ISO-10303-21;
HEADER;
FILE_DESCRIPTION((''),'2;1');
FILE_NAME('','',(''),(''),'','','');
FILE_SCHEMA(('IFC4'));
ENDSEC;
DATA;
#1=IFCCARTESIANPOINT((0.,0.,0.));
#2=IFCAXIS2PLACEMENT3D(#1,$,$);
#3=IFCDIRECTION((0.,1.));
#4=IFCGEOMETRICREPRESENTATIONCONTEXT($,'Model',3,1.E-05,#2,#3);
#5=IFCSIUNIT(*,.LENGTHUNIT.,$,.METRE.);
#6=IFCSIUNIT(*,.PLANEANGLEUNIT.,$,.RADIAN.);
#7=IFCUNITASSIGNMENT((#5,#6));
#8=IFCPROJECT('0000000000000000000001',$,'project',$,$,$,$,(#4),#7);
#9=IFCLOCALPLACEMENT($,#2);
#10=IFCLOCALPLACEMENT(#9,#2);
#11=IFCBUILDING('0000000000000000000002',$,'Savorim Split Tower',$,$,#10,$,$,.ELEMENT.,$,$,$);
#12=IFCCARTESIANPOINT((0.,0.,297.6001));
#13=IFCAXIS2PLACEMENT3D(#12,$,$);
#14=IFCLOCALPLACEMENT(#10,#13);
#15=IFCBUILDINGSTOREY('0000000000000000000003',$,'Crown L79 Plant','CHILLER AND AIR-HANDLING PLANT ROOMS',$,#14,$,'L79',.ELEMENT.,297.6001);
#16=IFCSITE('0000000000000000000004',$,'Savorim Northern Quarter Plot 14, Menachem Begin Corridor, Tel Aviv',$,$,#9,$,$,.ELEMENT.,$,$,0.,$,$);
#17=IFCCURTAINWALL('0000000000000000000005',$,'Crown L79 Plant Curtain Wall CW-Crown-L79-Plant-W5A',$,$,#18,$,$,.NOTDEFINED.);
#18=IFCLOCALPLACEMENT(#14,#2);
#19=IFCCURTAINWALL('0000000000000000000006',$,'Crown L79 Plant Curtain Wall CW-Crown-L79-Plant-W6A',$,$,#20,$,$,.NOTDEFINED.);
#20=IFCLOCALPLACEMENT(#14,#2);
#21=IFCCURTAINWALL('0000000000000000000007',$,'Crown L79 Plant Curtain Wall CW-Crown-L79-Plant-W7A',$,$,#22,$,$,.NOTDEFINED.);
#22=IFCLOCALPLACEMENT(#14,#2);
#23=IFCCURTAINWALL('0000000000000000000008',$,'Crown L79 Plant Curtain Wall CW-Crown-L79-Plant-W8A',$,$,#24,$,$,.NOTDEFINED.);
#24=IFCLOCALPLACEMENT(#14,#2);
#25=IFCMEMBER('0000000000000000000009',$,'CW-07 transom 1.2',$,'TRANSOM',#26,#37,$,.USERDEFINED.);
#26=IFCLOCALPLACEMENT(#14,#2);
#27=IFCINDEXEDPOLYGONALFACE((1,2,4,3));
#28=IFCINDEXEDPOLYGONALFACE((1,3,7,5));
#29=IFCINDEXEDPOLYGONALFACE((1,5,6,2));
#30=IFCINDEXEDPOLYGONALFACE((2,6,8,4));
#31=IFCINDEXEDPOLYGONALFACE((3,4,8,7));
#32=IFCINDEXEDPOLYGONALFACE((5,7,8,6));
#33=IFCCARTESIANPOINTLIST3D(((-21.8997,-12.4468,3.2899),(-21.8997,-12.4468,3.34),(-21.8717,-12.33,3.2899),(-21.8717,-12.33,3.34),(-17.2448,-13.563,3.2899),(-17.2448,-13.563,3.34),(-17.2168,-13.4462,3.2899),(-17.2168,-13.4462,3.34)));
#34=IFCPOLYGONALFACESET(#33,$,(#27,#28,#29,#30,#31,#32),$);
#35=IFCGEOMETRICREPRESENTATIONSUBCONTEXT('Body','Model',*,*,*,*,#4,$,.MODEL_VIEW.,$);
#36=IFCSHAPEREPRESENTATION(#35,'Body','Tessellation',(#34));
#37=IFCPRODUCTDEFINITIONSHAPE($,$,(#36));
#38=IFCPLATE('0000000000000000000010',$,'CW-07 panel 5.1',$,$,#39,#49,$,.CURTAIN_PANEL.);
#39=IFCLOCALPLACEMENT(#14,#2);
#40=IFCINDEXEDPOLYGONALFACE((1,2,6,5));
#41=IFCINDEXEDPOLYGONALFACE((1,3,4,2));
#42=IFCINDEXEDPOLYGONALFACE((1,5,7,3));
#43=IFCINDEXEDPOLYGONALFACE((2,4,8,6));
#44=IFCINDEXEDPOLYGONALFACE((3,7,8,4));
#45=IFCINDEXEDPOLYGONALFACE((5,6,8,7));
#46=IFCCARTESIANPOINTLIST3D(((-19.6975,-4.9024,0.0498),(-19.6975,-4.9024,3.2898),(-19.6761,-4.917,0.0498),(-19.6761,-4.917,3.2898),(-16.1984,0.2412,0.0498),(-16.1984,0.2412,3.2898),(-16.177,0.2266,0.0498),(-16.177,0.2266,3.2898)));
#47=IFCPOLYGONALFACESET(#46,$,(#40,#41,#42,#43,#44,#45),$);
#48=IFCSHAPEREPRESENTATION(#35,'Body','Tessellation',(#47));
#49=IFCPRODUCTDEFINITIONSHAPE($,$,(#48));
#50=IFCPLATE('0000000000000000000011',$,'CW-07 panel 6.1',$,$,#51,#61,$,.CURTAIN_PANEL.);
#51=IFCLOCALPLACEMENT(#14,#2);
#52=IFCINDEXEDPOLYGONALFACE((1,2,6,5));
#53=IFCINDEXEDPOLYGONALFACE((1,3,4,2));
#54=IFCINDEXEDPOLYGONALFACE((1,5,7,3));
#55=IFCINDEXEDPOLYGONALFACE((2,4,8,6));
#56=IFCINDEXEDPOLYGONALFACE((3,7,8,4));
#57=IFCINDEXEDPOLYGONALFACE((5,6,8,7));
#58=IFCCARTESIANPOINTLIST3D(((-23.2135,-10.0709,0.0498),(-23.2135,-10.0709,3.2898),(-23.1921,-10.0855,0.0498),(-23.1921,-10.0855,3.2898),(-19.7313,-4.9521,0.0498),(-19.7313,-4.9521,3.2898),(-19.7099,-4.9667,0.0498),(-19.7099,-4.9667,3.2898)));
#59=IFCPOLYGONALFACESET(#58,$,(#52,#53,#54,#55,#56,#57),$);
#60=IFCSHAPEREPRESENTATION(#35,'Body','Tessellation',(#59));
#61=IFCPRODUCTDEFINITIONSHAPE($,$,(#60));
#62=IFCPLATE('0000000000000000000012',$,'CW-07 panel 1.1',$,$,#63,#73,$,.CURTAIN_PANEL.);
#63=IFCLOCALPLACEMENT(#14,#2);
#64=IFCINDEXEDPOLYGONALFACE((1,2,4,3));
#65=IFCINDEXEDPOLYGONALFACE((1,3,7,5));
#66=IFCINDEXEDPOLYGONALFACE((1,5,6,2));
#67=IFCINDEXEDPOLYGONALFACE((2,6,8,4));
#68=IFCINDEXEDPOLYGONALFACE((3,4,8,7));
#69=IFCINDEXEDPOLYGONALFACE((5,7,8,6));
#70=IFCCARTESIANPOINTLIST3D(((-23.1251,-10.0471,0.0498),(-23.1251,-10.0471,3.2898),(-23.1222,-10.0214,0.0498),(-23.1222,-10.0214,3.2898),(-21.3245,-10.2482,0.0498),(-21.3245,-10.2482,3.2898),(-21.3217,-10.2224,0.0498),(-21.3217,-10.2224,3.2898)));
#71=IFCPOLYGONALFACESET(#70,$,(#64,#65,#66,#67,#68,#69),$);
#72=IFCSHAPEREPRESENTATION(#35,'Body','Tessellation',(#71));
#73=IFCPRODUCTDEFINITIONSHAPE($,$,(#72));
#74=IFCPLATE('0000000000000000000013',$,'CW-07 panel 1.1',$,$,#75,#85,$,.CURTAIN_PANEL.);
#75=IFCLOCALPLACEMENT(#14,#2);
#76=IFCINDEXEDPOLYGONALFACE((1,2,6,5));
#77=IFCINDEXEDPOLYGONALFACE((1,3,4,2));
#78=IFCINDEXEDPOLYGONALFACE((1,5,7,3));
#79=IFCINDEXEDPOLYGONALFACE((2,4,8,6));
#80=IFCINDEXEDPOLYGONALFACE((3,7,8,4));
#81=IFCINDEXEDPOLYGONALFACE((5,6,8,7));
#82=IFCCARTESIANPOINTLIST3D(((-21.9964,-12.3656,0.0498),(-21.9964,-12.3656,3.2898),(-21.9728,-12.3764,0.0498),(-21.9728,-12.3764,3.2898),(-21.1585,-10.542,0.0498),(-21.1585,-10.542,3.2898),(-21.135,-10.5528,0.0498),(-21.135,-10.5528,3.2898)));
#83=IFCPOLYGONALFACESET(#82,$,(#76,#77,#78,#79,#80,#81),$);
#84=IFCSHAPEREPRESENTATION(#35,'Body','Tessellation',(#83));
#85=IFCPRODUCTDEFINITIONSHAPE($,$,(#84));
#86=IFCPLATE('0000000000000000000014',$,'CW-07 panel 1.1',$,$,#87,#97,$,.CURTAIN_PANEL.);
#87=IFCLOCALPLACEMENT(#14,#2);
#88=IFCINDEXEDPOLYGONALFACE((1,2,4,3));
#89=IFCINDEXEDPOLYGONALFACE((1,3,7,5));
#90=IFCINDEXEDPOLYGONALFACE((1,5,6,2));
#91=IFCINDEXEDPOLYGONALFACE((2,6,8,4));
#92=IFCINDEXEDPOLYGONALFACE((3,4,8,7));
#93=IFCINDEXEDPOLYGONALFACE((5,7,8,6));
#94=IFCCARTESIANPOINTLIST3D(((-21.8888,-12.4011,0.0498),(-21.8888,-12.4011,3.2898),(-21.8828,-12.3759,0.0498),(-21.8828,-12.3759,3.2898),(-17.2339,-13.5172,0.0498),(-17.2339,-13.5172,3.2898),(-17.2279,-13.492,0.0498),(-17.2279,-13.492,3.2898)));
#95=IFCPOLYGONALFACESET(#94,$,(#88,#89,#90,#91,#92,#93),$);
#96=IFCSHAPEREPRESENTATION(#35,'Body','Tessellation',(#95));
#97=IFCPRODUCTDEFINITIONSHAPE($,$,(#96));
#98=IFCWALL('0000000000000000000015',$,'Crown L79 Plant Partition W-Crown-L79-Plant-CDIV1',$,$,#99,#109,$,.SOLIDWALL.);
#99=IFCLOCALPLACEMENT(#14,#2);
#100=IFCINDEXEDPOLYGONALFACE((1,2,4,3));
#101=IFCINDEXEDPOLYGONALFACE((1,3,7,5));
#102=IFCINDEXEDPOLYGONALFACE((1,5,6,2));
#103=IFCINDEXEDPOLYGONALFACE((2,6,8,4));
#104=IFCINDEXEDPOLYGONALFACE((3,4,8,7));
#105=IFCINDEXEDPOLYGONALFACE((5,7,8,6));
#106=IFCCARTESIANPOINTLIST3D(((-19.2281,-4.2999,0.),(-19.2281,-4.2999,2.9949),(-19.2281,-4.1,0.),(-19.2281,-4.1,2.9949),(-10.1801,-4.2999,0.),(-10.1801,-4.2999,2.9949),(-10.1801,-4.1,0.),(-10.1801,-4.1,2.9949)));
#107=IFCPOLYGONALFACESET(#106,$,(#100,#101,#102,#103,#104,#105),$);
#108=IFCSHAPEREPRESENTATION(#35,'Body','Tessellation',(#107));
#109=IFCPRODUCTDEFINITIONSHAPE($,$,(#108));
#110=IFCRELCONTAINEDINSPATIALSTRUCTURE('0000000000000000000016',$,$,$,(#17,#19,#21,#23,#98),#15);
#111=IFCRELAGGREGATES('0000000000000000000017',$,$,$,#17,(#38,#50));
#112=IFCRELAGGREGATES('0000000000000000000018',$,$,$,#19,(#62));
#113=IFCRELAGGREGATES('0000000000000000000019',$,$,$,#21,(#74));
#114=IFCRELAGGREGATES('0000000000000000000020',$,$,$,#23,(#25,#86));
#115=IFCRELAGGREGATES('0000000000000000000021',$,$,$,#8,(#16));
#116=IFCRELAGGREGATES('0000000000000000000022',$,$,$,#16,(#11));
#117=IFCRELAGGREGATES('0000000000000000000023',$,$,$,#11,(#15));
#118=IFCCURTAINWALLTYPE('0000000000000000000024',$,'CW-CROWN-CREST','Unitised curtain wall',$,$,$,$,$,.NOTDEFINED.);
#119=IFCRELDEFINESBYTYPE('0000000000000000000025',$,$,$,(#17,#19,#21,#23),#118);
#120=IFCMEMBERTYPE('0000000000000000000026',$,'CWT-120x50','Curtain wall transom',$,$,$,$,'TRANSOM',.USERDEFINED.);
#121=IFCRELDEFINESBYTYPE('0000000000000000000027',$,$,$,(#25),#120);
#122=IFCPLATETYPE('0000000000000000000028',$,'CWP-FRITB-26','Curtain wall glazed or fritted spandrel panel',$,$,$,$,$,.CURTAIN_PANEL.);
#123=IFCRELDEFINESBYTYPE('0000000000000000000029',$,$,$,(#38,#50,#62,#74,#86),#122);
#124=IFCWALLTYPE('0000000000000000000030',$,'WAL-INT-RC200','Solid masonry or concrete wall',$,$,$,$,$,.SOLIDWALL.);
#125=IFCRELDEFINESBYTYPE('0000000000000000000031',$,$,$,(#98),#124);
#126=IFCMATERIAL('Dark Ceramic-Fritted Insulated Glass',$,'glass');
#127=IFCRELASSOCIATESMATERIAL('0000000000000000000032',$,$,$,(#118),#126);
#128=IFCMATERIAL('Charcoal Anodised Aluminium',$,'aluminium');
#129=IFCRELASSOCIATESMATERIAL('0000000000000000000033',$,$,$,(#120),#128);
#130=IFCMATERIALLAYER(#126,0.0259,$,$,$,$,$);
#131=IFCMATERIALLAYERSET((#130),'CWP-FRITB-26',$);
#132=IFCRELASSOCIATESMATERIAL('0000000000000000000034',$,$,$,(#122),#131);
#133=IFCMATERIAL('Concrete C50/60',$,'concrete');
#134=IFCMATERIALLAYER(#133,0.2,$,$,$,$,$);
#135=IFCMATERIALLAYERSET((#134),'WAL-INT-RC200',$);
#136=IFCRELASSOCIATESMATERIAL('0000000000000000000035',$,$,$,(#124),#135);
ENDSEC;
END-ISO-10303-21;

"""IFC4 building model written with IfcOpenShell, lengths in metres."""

from ifc_helpers import new_model, si_unit, direction, frame, frame_2d, origin, origin_2d, place, context, subcontext, project, spatial, rectangle, extrude, material, layer, layer_set, material_profile, profile_set, type_object, element, aggregate, save


model = new_model("IFC4")

# Units and contexts
model_context = context("Model", 3, precision=1e-05, world=origin(), true_north=direction((0.0, 1.0)))
body_context = subcontext(model_context, "Body", "Model", "MODEL_VIEW")
ifc_project = project(units=[si_unit("LENGTHUNIT", "METRE"), si_unit("PLANEANGLEUNIT", "RADIAN")], contexts=[model_context])

# Site, building, storey
site_placement = place(None, origin())
site = spatial("IfcSite", under=ifc_project, at=site_placement, Name="Savorim Northern Quarter Plot 14, Menachem Begin Corridor, Tel Aviv", CompositionType="ELEMENT", RefElevation=0.0)
building_placement = place(site_placement, origin())
building = spatial("IfcBuilding", under=site, at=building_placement, Name="Savorim Split Tower", CompositionType="ELEMENT")
storey_placement = place(building_placement, frame((0.0, 0.0, 297.6001)))
storey = spatial("IfcBuildingStorey", under=building, at=storey_placement, Name="Crown L79 Plant", Description="CHILLER AND AIR-HANDLING PLANT ROOMS", LongName="L79", CompositionType="ELEMENT", Elevation=297.6001)

# Curtain walls
ifc_material_1 = material(Name="Dark Ceramic-Fritted Insulated Glass", Category="glass")
curtain_wall_type = type_object("IfcCurtainWallType", Name="CW-CROWN-CREST", Description="Unitised curtain wall", PredefinedType="NOTDEFINED", material=ifc_material_1)
curtain_wall_1_placement = place(storey_placement, origin())
curtain_wall_1 = element("IfcCurtainWall", 1, at=curtain_wall_1_placement, inside=storey, type_object=curtain_wall_type, Name="Crown L79 Plant Curtain Wall CW-Crown-L79-Plant-W5A", PredefinedType="NOTDEFINED")
ifc_material_2 = material(Name="Charcoal Anodised Aluminium", Category="aluminium")
curtain_wall_2_placement = place(storey_placement, origin())
curtain_wall_2 = element("IfcCurtainWall", 2, at=curtain_wall_2_placement, inside=storey, type_object=curtain_wall_type, Name="Crown L79 Plant Curtain Wall CW-Crown-L79-Plant-W6A", PredefinedType="NOTDEFINED")
curtain_wall_3_placement = place(storey_placement, origin())
curtain_wall_3 = element("IfcCurtainWall", 3, at=curtain_wall_3_placement, inside=storey, type_object=curtain_wall_type, Name="Crown L79 Plant Curtain Wall CW-Crown-L79-Plant-W7A", PredefinedType="NOTDEFINED")

# Curtain wall
curtain_wall_4_placement = place(storey_placement, origin())
curtain_wall_4 = element("IfcCurtainWall", 4, at=curtain_wall_4_placement, inside=storey, type_object=curtain_wall_type, Name="Crown L79 Plant Curtain Wall CW-Crown-L79-Plant-W8A", PredefinedType="NOTDEFINED")

# Member
ifc_material_profile_1 = material_profile(ifc_material_2, rectangle(XDim=0.1201, YDim=0.05, at=origin_2d()), Name="ALU-T 120x50")
ifc_profile_set_1 = profile_set([ifc_material_profile_1], Name="Charcoal Anodised Aluminium")
member_type_1 = type_object("IfcMemberType", Name="CWT-120x50", Description="Curtain wall transom", ElementType="TRANSOM", PredefinedType="USERDEFINED", material=ifc_profile_set_1)
member_1_placement = place(storey_placement, frame((-21.8857, -12.3884, 3.3149), z_axis=(0.972435, -0.233176, 0.0), x_axis=(0.233176, 0.972435, 0.0)))
member_1 = element("IfcMember", 5, at=member_1_placement, type_object=member_type_1, Name="CW-07 transom 1.2", ObjectType="TRANSOM", PredefinedType="USERDEFINED", context=body_context, shape_type="SweptSolid", body=[
    extrude(rectangle(XDim=0.1201, YDim=0.05, at=origin_2d()), origin(), (0.0, 0.0, 1.0), 4.7869),
])

# Plates
ifc_layer_1 = layer(ifc_material_1, 0.0259)
ifc_layer_set_1 = layer_set([ifc_layer_1], Name="CWP-FRITB-26")
plate_type = type_object("IfcPlateType", Name="CWP-FRITB-26", Description="Curtain wall glazed or fritted spandrel panel", PredefinedType="CURTAIN_PANEL", material=ifc_layer_set_1)
plate_1_placement = place(storey_placement, frame((-17.9373, -2.3379, 0.0498), z_axis=(0.0, 0.0, 1.0), x_axis=(-0.562466, -0.826821, 0.0)))
plate_1 = element("IfcPlate", 6, at=plate_1_placement, type_object=plate_type, Name="CW-07 panel 5.1", PredefinedType="CURTAIN_PANEL", context=body_context, shape_type="SweptSolid", body=[
    extrude(rectangle(XDim=6.2209, YDim=0.0259, at=origin_2d()), origin(), (0.0, 0.0, 1.0), 3.24),
])
plate_2_placement = place(storey_placement, frame((-21.4617, -7.5188, 0.0498), z_axis=(0.0, 0.0, 1.0), x_axis=(-0.562466, -0.826821, 0.0)))
plate_2 = element("IfcPlate", 7, at=plate_2_placement, type_object=plate_type, Name="CW-07 panel 6.1", PredefinedType="CURTAIN_PANEL", context=body_context, shape_type="SweptSolid", body=[
    extrude(rectangle(XDim=6.1909, YDim=0.0259, at=origin_2d()), origin(), (0.0, 0.0, 1.0), 3.24),
])
aggregate(curtain_wall_1, [plate_1, plate_2])
plate_3_placement = place(storey_placement, frame((-22.2234, -10.1348, 0.0498), z_axis=(0.0, 0.0, 1.0), x_axis=(0.993822, -0.110983, 0.0)))
plate_3 = element("IfcPlate", 8, at=plate_3_placement, type_object=plate_type, Name="CW-07 panel 1.1", PredefinedType="CURTAIN_PANEL", context=body_context, shape_type="SweptSolid", body=[
    extrude(rectangle(XDim=1.8118, YDim=0.0259, at=origin_2d()), origin(), (0.0, 0.0, 1.0), 3.24),
])
aggregate(curtain_wall_2, [plate_3])
plate_4_placement = place(storey_placement, frame((-21.5657, -11.4592, 0.0498), z_axis=(0.0, 0.0, 1.0), x_axis=(-0.417498, -0.908678, 0.0)))
plate_4 = element("IfcPlate", 9, at=plate_4_placement, type_object=plate_type, Name="CW-07 panel 1.1", PredefinedType="CURTAIN_PANEL", context=body_context, shape_type="SweptSolid", body=[
    extrude(rectangle(XDim=2.0068, YDim=0.0259, at=origin_2d()), origin(), (0.0, 0.0, 1.0), 3.24),
])
aggregate(curtain_wall_3, [plate_4])
plate_5_placement = place(storey_placement, frame((-19.5583, -12.9465, 0.0498), z_axis=(0.0, 0.0, 1.0), x_axis=(0.972439, -0.233159, 0.0)))
plate_5 = element("IfcPlate", 10, at=plate_5_placement, type_object=plate_type, Name="CW-07 panel 1.1", PredefinedType="CURTAIN_PANEL", context=body_context, shape_type="SweptSolid", body=[
    extrude(rectangle(XDim=4.7869, YDim=0.0259, at=origin_2d()), origin(), (0.0, 0.0, 1.0), 3.24),
])
aggregate(curtain_wall_4, [member_1, plate_5])

# Wall
ifc_material_3 = material(Name="Concrete C50/60", Category="concrete")
ifc_layer_2 = layer(ifc_material_3, 0.2)
ifc_layer_set_2 = layer_set([ifc_layer_2], Name="WAL-INT-RC200")
wall_type = type_object("IfcWallType", Name="WAL-INT-RC200", Description="Solid masonry or concrete wall", PredefinedType="SOLIDWALL", material=ifc_layer_set_2)
wall_placement = place(storey_placement, frame((-19.228, -4.2, 0.0), z_axis=(0.0, 0.0, 1.0), x_axis=(1.0, 0.0, 0.0)))
element("IfcWall", 11, at=wall_placement, inside=storey, type_object=wall_type, Name="Crown L79 Plant Partition W-Crown-L79-Plant-CDIV1", PredefinedType="SOLIDWALL", context=body_context, shape_type="SweptSolid", body=[
    extrude(rectangle(XDim=9.0481, YDim=0.2, at=frame_2d((4.5239, 0.0))), origin(), (0.0, 0.0, 1.0), 2.9949),
])

save(model, "model.ifc")
